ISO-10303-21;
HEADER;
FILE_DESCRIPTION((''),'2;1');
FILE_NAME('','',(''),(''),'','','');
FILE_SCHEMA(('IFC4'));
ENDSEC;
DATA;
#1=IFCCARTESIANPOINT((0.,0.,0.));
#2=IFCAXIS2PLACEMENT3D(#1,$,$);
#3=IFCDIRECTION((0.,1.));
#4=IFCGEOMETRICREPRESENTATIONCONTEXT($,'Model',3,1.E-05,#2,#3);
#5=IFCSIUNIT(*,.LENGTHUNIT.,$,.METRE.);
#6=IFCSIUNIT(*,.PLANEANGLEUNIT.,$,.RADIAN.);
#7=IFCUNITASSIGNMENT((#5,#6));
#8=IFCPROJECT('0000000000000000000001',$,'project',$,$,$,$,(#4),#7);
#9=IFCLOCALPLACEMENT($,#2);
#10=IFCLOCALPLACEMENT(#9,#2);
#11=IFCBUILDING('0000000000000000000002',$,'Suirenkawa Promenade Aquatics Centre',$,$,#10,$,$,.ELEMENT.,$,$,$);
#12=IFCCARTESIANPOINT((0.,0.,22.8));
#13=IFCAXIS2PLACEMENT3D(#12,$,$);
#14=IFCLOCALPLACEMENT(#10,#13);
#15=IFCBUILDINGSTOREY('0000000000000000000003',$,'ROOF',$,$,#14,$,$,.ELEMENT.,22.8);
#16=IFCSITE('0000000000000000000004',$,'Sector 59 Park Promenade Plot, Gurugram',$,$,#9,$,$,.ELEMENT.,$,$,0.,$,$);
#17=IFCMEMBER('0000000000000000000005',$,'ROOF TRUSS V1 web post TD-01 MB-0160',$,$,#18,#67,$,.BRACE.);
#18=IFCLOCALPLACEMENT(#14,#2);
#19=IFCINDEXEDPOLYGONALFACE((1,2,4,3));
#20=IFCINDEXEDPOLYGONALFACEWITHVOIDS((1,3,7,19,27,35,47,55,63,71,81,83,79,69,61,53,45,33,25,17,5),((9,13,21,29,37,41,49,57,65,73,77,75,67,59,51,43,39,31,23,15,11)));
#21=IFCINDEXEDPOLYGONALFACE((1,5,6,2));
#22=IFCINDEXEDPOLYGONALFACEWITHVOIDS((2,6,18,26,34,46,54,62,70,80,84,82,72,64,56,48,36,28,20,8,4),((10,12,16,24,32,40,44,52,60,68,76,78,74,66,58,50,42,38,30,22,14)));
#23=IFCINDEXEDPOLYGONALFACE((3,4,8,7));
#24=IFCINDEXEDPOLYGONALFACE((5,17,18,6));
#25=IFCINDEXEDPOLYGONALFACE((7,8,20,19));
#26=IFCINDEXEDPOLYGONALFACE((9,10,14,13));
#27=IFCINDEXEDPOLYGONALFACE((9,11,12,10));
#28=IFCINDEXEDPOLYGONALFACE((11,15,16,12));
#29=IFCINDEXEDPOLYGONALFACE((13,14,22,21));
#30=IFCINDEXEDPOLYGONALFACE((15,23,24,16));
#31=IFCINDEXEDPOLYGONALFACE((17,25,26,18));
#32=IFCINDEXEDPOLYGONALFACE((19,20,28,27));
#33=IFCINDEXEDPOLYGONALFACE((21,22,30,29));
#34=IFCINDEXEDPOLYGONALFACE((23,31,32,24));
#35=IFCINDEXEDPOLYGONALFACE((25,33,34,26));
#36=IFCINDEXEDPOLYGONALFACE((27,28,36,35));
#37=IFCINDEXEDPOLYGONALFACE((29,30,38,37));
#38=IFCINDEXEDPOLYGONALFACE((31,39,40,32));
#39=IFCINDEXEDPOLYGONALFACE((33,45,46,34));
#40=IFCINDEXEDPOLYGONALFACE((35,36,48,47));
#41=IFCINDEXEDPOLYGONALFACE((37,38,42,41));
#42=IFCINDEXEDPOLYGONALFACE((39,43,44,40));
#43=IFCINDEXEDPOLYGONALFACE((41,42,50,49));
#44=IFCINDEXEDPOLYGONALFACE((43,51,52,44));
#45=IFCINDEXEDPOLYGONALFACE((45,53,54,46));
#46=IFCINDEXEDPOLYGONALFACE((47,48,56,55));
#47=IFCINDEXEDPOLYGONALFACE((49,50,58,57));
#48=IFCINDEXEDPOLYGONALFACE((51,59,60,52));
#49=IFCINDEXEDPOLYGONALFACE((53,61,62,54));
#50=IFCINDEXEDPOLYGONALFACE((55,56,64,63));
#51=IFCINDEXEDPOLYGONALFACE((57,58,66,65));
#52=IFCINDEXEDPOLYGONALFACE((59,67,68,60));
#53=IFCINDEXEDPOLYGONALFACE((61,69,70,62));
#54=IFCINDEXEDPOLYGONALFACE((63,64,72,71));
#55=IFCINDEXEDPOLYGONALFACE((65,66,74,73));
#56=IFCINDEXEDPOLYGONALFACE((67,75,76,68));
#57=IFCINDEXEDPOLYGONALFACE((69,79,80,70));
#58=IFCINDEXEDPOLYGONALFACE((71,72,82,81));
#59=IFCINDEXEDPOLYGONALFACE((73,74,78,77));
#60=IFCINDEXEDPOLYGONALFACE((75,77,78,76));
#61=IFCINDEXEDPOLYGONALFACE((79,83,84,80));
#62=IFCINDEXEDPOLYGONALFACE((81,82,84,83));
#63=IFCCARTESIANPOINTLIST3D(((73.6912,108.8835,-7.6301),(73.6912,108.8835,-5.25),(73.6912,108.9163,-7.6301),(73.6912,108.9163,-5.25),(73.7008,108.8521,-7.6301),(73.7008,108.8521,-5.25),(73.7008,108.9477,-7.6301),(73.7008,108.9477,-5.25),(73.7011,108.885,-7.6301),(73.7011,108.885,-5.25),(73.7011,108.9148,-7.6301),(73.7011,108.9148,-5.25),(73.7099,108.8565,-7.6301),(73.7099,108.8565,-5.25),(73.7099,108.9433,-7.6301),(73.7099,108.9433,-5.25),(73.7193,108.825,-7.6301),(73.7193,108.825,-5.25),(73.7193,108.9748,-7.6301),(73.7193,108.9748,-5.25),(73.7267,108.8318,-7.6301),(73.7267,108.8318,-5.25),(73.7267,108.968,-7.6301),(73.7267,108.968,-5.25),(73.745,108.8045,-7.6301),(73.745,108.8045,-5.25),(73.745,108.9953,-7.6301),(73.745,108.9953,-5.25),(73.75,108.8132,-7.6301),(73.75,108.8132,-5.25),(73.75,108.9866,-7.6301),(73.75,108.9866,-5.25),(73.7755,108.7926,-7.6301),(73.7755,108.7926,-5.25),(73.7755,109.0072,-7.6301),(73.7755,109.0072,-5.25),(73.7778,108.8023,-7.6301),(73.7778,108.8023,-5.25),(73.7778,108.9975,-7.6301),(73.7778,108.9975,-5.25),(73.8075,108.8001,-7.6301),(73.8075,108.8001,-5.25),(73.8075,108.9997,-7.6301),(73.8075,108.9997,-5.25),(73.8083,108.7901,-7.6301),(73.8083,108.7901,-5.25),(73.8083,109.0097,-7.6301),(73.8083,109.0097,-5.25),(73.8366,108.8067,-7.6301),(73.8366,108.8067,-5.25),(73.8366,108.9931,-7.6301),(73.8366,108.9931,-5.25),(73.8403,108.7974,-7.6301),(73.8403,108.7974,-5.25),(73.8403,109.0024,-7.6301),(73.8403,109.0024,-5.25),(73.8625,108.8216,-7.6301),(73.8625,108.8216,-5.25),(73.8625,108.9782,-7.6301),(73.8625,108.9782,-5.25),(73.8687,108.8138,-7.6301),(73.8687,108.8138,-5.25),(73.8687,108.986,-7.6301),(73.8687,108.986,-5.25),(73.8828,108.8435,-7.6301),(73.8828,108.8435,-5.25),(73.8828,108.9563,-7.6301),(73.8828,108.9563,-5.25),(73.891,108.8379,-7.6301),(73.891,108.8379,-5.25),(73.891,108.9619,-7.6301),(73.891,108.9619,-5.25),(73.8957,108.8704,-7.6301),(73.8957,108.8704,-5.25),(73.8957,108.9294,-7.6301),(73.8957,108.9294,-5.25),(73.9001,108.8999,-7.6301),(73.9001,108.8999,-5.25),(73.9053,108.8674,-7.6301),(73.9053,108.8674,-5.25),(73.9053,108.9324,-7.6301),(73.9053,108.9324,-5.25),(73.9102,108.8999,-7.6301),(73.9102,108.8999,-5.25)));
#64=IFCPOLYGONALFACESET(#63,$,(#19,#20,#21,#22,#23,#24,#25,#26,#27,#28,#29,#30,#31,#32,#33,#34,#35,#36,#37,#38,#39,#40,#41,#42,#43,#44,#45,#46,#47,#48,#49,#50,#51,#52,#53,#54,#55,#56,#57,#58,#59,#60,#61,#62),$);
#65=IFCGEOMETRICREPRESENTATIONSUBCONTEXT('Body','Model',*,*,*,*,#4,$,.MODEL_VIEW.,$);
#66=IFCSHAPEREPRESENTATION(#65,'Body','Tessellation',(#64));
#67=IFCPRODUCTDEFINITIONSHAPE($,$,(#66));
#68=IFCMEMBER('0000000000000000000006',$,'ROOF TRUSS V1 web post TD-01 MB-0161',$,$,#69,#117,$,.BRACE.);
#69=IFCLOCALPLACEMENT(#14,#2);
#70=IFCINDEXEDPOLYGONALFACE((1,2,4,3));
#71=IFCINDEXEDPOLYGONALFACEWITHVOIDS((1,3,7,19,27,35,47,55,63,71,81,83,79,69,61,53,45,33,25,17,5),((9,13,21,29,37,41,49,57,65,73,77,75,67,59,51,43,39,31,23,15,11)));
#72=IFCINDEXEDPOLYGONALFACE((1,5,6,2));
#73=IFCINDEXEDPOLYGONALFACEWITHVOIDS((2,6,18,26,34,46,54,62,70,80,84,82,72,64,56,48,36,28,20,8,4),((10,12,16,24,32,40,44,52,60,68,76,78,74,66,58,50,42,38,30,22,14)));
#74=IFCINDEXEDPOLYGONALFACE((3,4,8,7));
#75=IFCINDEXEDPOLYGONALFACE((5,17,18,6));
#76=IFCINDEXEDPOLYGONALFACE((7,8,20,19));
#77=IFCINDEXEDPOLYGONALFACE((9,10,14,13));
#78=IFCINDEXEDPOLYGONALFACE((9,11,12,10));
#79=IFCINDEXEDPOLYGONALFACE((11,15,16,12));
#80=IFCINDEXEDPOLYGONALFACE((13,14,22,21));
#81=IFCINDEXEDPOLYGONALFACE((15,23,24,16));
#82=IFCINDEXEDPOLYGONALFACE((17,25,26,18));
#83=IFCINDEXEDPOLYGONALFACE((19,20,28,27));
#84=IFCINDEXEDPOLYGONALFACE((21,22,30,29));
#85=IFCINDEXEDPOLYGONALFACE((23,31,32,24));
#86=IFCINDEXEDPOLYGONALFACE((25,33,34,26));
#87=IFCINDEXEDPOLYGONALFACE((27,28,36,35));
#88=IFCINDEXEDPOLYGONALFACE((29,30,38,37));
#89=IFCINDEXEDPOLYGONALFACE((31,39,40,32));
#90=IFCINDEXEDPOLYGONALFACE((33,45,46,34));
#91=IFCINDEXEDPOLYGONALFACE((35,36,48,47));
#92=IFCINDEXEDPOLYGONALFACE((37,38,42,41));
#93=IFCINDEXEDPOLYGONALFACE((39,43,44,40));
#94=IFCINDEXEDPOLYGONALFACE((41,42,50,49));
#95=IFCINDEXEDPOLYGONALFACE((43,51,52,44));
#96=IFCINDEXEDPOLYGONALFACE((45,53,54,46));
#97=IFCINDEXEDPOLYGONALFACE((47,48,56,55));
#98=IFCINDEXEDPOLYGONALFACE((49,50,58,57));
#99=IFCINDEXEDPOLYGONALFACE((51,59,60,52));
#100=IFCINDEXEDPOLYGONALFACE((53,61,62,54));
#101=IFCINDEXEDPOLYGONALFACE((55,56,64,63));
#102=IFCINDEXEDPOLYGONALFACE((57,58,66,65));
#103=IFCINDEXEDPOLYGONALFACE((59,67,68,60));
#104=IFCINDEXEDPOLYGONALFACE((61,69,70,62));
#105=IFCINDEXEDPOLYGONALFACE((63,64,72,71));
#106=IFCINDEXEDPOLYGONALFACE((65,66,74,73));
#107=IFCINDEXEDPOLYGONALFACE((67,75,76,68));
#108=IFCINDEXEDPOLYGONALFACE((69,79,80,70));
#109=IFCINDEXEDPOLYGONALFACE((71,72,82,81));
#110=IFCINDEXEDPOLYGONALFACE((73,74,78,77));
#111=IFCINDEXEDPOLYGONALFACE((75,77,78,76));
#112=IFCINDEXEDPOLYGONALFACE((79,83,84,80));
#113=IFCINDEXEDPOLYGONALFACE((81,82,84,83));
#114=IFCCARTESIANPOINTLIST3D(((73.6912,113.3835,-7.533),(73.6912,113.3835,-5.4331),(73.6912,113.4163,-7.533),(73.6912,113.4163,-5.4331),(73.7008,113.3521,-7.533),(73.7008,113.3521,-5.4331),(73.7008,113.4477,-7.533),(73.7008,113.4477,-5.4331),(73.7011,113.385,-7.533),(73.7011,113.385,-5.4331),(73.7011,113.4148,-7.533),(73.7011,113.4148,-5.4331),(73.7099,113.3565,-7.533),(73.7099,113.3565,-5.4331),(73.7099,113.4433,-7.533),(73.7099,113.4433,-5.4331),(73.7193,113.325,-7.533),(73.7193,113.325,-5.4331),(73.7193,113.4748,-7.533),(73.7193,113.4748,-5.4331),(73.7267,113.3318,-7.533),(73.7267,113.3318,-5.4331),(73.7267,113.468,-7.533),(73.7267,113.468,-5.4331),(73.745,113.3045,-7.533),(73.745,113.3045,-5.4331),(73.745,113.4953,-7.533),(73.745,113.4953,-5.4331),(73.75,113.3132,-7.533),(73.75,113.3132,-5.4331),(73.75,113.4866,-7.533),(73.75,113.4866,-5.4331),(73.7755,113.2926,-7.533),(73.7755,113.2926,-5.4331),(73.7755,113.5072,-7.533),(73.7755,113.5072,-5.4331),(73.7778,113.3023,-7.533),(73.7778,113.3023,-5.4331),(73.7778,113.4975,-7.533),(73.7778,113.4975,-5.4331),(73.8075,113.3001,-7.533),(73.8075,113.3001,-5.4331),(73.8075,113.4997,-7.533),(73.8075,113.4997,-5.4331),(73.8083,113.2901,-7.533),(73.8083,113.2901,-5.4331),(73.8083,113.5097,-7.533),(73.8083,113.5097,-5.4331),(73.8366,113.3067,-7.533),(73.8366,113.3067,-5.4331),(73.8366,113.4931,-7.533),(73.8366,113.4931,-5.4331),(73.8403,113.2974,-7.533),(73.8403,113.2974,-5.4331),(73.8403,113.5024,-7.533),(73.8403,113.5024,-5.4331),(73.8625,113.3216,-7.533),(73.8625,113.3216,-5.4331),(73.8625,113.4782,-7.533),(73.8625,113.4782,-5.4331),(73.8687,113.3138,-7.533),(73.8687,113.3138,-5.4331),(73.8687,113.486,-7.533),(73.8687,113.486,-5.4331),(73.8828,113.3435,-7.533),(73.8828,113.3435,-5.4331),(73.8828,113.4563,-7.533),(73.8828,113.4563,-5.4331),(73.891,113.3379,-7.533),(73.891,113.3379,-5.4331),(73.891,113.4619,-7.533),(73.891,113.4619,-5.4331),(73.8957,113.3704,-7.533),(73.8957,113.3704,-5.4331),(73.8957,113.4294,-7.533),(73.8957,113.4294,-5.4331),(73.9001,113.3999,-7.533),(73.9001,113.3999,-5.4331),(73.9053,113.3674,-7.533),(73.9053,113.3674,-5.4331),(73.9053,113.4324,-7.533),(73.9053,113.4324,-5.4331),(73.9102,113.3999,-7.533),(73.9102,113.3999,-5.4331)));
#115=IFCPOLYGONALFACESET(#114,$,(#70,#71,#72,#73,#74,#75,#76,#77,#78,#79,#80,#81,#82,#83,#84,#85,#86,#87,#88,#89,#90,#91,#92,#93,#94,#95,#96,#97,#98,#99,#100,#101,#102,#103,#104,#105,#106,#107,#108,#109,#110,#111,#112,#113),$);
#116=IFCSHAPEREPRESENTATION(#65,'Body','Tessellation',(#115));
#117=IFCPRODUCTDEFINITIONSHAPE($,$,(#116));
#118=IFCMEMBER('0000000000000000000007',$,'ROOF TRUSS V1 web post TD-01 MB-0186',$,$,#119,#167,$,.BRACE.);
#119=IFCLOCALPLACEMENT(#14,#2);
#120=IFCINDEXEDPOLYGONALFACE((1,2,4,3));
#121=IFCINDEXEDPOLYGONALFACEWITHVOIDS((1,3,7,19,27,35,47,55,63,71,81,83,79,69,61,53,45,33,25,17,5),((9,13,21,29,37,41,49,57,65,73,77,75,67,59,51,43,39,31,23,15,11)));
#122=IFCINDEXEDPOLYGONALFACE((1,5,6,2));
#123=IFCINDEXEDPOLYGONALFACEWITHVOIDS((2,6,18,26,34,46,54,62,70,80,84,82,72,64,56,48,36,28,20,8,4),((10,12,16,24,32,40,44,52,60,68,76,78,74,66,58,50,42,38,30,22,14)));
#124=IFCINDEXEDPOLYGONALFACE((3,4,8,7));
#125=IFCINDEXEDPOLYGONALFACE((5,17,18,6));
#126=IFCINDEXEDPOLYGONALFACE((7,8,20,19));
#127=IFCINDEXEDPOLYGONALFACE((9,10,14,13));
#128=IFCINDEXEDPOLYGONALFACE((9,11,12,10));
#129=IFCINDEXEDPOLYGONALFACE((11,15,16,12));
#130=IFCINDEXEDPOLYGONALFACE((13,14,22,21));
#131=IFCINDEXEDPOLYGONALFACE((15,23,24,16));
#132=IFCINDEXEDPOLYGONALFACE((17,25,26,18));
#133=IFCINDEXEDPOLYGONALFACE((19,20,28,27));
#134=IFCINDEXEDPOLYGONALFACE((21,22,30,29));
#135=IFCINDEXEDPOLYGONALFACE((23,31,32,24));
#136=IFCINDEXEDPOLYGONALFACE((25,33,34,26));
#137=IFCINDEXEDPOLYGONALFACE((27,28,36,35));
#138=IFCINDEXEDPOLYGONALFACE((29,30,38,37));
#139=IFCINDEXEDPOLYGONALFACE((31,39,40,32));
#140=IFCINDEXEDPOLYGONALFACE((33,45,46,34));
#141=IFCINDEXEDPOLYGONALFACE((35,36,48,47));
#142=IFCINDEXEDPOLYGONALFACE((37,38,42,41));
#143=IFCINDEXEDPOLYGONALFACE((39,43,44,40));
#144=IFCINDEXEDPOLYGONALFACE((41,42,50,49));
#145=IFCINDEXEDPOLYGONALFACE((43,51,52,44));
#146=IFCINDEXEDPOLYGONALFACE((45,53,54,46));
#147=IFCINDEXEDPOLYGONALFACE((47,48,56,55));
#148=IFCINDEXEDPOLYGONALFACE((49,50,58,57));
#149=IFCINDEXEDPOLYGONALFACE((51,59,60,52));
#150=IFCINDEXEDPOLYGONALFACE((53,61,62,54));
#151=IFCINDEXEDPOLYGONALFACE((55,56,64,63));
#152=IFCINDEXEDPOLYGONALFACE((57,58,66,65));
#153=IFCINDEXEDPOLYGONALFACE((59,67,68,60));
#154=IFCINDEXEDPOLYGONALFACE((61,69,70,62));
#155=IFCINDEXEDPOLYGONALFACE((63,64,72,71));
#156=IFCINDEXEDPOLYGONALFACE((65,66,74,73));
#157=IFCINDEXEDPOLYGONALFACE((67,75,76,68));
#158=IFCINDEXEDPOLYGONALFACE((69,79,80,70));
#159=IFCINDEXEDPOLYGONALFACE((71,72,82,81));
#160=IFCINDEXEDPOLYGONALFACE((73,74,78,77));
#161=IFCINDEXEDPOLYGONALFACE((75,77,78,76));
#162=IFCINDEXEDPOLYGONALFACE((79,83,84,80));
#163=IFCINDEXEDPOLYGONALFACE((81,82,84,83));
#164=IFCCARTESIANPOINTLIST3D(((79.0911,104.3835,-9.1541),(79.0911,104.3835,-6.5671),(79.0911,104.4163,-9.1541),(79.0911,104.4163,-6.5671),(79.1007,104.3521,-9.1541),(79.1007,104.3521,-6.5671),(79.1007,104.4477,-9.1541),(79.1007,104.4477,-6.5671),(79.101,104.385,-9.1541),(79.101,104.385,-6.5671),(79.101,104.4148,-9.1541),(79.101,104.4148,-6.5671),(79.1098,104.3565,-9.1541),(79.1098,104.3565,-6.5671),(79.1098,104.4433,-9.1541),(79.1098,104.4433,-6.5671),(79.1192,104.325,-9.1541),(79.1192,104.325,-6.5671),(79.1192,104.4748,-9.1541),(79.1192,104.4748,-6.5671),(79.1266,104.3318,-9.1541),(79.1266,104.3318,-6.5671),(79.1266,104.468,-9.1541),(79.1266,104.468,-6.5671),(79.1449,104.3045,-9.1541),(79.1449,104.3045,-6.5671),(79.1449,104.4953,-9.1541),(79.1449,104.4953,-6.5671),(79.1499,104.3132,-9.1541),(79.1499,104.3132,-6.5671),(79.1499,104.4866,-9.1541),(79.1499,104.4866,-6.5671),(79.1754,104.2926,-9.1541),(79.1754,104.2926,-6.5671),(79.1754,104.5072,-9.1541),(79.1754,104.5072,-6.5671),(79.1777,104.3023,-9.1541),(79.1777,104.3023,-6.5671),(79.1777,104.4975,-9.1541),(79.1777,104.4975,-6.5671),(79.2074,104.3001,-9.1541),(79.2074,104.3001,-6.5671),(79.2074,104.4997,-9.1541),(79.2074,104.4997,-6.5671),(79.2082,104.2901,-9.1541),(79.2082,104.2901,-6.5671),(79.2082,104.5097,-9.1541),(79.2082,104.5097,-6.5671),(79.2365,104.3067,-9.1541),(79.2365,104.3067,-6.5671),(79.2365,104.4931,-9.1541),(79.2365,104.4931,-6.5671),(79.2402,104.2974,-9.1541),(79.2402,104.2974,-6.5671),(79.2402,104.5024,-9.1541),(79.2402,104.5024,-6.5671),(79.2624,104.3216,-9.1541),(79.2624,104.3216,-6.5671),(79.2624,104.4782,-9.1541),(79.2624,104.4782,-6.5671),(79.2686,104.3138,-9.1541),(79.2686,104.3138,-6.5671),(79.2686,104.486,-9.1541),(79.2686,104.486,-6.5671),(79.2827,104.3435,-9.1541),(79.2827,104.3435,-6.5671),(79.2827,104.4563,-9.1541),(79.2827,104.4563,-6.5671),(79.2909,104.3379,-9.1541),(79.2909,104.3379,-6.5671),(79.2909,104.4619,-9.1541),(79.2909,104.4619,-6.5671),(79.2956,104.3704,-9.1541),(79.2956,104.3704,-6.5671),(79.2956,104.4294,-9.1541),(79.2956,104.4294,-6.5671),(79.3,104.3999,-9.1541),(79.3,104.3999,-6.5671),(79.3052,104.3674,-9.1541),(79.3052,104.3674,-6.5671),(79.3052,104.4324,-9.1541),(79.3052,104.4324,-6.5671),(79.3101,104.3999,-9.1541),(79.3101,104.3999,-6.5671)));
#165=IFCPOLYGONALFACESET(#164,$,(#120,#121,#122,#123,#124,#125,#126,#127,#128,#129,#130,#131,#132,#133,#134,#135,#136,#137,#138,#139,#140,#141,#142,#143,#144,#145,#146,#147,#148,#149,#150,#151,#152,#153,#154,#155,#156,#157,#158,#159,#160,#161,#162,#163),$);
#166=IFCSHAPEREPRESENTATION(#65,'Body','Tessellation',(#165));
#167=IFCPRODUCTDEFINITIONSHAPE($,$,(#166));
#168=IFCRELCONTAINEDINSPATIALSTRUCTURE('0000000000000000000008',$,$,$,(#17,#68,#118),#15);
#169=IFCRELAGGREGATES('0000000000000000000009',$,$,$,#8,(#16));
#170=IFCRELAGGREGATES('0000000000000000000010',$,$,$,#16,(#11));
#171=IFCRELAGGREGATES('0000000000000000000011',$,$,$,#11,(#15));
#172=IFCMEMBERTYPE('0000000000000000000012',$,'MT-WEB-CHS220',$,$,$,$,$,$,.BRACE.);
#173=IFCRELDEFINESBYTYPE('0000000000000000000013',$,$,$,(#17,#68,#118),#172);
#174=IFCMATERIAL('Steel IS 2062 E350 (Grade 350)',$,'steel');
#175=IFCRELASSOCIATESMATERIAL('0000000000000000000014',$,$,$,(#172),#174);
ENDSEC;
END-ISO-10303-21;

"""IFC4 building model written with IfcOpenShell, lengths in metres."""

from ifc_helpers import new_model, si_unit, direction, frame, origin, origin_2d, place, context, subcontext, project, spatial, hollow_circle, extrude, material, material_profile, profile_set, type_object, element, save


model = new_model("IFC4")

# Units and contexts
model_context = context("Model", 3, precision=1e-05, world=origin(), true_north=direction((0.0, 1.0)))
body_context = subcontext(model_context, "Body", "Model", "MODEL_VIEW")
ifc_project = project(units=[si_unit("LENGTHUNIT", "METRE"), si_unit("PLANEANGLEUNIT", "RADIAN")], contexts=[model_context])

# Site, building, storey
site_placement = place(None, origin())
site = spatial("IfcSite", under=ifc_project, at=site_placement, Name="Sector 59 Park Promenade Plot, Gurugram", CompositionType="ELEMENT", RefElevation=0.0)
building_placement = place(site_placement, origin())
building = spatial("IfcBuilding", under=site, at=building_placement, Name="Suirenkawa Promenade Aquatics Centre", CompositionType="ELEMENT")
storey_placement = place(building_placement, frame((0.0, 0.0, 22.8)))
storey = spatial("IfcBuildingStorey", under=building, at=storey_placement, Name="ROOF", CompositionType="ELEMENT", Elevation=22.8)

# Shared definitions
ifc_material = material(Name="Steel IS 2062 E350 (Grade 350)", Category="steel")

# Members
ifc_material_profile_1 = material_profile(ifc_material, hollow_circle(Radius=0.1101, WallThickness=0.01, at=origin_2d()), Name="CHS 220x10", Category="steel")
ifc_profile_set_1 = profile_set([ifc_material_profile_1], Name="Steel IS 2062 E350 (Grade 350)")
member_type_1 = type_object("IfcMemberType", Name="MT-WEB-CHS220", PredefinedType="BRACE", material=ifc_profile_set_1)
member_1_placement = place(storey_placement, frame((73.8, 108.8999, -7.6301), z_axis=(0.0, 0.0, 1.0), x_axis=(1.0, 0.0, 0.0)))
element("IfcMember", 1, at=member_1_placement, inside=storey, type_object=member_type_1, Name="ROOF TRUSS V1 web post TD-01 MB-0160", PredefinedType="BRACE", context=body_context, shape_type="SweptSolid", body=[
    extrude(hollow_circle(Radius=0.1101, WallThickness=0.01, at=origin_2d()), origin(), (0.0, 0.0, 1.0), 2.3801),
])
member_2_placement = place(storey_placement, frame((73.8, 113.3999, -7.533), z_axis=(0.0, 0.0, 1.0), x_axis=(1.0, 0.0, 0.0)))
element("IfcMember", 2, at=member_2_placement, inside=storey, type_object=member_type_1, Name="ROOF TRUSS V1 web post TD-01 MB-0161", PredefinedType="BRACE", context=body_context, shape_type="SweptSolid", body=[
    extrude(hollow_circle(Radius=0.1101, WallThickness=0.01, at=origin_2d()), origin(), (0.0, 0.0, 1.0), 2.0999),
])
member_3_placement = place(storey_placement, frame((79.2, 104.3999, -9.1541), z_axis=(0.0, 0.0, 1.0), x_axis=(1.0, 0.0, 0.0)))
element("IfcMember", 3, at=member_3_placement, inside=storey, type_object=member_type_1, Name="ROOF TRUSS V1 web post TD-01 MB-0186", PredefinedType="BRACE", context=body_context, shape_type="SweptSolid", body=[
    extrude(hollow_circle(Radius=0.1101, WallThickness=0.01, at=origin_2d()), origin(), (0.0, 0.0, 1.0), 2.5869),
])

save(model, "model.ifc")
